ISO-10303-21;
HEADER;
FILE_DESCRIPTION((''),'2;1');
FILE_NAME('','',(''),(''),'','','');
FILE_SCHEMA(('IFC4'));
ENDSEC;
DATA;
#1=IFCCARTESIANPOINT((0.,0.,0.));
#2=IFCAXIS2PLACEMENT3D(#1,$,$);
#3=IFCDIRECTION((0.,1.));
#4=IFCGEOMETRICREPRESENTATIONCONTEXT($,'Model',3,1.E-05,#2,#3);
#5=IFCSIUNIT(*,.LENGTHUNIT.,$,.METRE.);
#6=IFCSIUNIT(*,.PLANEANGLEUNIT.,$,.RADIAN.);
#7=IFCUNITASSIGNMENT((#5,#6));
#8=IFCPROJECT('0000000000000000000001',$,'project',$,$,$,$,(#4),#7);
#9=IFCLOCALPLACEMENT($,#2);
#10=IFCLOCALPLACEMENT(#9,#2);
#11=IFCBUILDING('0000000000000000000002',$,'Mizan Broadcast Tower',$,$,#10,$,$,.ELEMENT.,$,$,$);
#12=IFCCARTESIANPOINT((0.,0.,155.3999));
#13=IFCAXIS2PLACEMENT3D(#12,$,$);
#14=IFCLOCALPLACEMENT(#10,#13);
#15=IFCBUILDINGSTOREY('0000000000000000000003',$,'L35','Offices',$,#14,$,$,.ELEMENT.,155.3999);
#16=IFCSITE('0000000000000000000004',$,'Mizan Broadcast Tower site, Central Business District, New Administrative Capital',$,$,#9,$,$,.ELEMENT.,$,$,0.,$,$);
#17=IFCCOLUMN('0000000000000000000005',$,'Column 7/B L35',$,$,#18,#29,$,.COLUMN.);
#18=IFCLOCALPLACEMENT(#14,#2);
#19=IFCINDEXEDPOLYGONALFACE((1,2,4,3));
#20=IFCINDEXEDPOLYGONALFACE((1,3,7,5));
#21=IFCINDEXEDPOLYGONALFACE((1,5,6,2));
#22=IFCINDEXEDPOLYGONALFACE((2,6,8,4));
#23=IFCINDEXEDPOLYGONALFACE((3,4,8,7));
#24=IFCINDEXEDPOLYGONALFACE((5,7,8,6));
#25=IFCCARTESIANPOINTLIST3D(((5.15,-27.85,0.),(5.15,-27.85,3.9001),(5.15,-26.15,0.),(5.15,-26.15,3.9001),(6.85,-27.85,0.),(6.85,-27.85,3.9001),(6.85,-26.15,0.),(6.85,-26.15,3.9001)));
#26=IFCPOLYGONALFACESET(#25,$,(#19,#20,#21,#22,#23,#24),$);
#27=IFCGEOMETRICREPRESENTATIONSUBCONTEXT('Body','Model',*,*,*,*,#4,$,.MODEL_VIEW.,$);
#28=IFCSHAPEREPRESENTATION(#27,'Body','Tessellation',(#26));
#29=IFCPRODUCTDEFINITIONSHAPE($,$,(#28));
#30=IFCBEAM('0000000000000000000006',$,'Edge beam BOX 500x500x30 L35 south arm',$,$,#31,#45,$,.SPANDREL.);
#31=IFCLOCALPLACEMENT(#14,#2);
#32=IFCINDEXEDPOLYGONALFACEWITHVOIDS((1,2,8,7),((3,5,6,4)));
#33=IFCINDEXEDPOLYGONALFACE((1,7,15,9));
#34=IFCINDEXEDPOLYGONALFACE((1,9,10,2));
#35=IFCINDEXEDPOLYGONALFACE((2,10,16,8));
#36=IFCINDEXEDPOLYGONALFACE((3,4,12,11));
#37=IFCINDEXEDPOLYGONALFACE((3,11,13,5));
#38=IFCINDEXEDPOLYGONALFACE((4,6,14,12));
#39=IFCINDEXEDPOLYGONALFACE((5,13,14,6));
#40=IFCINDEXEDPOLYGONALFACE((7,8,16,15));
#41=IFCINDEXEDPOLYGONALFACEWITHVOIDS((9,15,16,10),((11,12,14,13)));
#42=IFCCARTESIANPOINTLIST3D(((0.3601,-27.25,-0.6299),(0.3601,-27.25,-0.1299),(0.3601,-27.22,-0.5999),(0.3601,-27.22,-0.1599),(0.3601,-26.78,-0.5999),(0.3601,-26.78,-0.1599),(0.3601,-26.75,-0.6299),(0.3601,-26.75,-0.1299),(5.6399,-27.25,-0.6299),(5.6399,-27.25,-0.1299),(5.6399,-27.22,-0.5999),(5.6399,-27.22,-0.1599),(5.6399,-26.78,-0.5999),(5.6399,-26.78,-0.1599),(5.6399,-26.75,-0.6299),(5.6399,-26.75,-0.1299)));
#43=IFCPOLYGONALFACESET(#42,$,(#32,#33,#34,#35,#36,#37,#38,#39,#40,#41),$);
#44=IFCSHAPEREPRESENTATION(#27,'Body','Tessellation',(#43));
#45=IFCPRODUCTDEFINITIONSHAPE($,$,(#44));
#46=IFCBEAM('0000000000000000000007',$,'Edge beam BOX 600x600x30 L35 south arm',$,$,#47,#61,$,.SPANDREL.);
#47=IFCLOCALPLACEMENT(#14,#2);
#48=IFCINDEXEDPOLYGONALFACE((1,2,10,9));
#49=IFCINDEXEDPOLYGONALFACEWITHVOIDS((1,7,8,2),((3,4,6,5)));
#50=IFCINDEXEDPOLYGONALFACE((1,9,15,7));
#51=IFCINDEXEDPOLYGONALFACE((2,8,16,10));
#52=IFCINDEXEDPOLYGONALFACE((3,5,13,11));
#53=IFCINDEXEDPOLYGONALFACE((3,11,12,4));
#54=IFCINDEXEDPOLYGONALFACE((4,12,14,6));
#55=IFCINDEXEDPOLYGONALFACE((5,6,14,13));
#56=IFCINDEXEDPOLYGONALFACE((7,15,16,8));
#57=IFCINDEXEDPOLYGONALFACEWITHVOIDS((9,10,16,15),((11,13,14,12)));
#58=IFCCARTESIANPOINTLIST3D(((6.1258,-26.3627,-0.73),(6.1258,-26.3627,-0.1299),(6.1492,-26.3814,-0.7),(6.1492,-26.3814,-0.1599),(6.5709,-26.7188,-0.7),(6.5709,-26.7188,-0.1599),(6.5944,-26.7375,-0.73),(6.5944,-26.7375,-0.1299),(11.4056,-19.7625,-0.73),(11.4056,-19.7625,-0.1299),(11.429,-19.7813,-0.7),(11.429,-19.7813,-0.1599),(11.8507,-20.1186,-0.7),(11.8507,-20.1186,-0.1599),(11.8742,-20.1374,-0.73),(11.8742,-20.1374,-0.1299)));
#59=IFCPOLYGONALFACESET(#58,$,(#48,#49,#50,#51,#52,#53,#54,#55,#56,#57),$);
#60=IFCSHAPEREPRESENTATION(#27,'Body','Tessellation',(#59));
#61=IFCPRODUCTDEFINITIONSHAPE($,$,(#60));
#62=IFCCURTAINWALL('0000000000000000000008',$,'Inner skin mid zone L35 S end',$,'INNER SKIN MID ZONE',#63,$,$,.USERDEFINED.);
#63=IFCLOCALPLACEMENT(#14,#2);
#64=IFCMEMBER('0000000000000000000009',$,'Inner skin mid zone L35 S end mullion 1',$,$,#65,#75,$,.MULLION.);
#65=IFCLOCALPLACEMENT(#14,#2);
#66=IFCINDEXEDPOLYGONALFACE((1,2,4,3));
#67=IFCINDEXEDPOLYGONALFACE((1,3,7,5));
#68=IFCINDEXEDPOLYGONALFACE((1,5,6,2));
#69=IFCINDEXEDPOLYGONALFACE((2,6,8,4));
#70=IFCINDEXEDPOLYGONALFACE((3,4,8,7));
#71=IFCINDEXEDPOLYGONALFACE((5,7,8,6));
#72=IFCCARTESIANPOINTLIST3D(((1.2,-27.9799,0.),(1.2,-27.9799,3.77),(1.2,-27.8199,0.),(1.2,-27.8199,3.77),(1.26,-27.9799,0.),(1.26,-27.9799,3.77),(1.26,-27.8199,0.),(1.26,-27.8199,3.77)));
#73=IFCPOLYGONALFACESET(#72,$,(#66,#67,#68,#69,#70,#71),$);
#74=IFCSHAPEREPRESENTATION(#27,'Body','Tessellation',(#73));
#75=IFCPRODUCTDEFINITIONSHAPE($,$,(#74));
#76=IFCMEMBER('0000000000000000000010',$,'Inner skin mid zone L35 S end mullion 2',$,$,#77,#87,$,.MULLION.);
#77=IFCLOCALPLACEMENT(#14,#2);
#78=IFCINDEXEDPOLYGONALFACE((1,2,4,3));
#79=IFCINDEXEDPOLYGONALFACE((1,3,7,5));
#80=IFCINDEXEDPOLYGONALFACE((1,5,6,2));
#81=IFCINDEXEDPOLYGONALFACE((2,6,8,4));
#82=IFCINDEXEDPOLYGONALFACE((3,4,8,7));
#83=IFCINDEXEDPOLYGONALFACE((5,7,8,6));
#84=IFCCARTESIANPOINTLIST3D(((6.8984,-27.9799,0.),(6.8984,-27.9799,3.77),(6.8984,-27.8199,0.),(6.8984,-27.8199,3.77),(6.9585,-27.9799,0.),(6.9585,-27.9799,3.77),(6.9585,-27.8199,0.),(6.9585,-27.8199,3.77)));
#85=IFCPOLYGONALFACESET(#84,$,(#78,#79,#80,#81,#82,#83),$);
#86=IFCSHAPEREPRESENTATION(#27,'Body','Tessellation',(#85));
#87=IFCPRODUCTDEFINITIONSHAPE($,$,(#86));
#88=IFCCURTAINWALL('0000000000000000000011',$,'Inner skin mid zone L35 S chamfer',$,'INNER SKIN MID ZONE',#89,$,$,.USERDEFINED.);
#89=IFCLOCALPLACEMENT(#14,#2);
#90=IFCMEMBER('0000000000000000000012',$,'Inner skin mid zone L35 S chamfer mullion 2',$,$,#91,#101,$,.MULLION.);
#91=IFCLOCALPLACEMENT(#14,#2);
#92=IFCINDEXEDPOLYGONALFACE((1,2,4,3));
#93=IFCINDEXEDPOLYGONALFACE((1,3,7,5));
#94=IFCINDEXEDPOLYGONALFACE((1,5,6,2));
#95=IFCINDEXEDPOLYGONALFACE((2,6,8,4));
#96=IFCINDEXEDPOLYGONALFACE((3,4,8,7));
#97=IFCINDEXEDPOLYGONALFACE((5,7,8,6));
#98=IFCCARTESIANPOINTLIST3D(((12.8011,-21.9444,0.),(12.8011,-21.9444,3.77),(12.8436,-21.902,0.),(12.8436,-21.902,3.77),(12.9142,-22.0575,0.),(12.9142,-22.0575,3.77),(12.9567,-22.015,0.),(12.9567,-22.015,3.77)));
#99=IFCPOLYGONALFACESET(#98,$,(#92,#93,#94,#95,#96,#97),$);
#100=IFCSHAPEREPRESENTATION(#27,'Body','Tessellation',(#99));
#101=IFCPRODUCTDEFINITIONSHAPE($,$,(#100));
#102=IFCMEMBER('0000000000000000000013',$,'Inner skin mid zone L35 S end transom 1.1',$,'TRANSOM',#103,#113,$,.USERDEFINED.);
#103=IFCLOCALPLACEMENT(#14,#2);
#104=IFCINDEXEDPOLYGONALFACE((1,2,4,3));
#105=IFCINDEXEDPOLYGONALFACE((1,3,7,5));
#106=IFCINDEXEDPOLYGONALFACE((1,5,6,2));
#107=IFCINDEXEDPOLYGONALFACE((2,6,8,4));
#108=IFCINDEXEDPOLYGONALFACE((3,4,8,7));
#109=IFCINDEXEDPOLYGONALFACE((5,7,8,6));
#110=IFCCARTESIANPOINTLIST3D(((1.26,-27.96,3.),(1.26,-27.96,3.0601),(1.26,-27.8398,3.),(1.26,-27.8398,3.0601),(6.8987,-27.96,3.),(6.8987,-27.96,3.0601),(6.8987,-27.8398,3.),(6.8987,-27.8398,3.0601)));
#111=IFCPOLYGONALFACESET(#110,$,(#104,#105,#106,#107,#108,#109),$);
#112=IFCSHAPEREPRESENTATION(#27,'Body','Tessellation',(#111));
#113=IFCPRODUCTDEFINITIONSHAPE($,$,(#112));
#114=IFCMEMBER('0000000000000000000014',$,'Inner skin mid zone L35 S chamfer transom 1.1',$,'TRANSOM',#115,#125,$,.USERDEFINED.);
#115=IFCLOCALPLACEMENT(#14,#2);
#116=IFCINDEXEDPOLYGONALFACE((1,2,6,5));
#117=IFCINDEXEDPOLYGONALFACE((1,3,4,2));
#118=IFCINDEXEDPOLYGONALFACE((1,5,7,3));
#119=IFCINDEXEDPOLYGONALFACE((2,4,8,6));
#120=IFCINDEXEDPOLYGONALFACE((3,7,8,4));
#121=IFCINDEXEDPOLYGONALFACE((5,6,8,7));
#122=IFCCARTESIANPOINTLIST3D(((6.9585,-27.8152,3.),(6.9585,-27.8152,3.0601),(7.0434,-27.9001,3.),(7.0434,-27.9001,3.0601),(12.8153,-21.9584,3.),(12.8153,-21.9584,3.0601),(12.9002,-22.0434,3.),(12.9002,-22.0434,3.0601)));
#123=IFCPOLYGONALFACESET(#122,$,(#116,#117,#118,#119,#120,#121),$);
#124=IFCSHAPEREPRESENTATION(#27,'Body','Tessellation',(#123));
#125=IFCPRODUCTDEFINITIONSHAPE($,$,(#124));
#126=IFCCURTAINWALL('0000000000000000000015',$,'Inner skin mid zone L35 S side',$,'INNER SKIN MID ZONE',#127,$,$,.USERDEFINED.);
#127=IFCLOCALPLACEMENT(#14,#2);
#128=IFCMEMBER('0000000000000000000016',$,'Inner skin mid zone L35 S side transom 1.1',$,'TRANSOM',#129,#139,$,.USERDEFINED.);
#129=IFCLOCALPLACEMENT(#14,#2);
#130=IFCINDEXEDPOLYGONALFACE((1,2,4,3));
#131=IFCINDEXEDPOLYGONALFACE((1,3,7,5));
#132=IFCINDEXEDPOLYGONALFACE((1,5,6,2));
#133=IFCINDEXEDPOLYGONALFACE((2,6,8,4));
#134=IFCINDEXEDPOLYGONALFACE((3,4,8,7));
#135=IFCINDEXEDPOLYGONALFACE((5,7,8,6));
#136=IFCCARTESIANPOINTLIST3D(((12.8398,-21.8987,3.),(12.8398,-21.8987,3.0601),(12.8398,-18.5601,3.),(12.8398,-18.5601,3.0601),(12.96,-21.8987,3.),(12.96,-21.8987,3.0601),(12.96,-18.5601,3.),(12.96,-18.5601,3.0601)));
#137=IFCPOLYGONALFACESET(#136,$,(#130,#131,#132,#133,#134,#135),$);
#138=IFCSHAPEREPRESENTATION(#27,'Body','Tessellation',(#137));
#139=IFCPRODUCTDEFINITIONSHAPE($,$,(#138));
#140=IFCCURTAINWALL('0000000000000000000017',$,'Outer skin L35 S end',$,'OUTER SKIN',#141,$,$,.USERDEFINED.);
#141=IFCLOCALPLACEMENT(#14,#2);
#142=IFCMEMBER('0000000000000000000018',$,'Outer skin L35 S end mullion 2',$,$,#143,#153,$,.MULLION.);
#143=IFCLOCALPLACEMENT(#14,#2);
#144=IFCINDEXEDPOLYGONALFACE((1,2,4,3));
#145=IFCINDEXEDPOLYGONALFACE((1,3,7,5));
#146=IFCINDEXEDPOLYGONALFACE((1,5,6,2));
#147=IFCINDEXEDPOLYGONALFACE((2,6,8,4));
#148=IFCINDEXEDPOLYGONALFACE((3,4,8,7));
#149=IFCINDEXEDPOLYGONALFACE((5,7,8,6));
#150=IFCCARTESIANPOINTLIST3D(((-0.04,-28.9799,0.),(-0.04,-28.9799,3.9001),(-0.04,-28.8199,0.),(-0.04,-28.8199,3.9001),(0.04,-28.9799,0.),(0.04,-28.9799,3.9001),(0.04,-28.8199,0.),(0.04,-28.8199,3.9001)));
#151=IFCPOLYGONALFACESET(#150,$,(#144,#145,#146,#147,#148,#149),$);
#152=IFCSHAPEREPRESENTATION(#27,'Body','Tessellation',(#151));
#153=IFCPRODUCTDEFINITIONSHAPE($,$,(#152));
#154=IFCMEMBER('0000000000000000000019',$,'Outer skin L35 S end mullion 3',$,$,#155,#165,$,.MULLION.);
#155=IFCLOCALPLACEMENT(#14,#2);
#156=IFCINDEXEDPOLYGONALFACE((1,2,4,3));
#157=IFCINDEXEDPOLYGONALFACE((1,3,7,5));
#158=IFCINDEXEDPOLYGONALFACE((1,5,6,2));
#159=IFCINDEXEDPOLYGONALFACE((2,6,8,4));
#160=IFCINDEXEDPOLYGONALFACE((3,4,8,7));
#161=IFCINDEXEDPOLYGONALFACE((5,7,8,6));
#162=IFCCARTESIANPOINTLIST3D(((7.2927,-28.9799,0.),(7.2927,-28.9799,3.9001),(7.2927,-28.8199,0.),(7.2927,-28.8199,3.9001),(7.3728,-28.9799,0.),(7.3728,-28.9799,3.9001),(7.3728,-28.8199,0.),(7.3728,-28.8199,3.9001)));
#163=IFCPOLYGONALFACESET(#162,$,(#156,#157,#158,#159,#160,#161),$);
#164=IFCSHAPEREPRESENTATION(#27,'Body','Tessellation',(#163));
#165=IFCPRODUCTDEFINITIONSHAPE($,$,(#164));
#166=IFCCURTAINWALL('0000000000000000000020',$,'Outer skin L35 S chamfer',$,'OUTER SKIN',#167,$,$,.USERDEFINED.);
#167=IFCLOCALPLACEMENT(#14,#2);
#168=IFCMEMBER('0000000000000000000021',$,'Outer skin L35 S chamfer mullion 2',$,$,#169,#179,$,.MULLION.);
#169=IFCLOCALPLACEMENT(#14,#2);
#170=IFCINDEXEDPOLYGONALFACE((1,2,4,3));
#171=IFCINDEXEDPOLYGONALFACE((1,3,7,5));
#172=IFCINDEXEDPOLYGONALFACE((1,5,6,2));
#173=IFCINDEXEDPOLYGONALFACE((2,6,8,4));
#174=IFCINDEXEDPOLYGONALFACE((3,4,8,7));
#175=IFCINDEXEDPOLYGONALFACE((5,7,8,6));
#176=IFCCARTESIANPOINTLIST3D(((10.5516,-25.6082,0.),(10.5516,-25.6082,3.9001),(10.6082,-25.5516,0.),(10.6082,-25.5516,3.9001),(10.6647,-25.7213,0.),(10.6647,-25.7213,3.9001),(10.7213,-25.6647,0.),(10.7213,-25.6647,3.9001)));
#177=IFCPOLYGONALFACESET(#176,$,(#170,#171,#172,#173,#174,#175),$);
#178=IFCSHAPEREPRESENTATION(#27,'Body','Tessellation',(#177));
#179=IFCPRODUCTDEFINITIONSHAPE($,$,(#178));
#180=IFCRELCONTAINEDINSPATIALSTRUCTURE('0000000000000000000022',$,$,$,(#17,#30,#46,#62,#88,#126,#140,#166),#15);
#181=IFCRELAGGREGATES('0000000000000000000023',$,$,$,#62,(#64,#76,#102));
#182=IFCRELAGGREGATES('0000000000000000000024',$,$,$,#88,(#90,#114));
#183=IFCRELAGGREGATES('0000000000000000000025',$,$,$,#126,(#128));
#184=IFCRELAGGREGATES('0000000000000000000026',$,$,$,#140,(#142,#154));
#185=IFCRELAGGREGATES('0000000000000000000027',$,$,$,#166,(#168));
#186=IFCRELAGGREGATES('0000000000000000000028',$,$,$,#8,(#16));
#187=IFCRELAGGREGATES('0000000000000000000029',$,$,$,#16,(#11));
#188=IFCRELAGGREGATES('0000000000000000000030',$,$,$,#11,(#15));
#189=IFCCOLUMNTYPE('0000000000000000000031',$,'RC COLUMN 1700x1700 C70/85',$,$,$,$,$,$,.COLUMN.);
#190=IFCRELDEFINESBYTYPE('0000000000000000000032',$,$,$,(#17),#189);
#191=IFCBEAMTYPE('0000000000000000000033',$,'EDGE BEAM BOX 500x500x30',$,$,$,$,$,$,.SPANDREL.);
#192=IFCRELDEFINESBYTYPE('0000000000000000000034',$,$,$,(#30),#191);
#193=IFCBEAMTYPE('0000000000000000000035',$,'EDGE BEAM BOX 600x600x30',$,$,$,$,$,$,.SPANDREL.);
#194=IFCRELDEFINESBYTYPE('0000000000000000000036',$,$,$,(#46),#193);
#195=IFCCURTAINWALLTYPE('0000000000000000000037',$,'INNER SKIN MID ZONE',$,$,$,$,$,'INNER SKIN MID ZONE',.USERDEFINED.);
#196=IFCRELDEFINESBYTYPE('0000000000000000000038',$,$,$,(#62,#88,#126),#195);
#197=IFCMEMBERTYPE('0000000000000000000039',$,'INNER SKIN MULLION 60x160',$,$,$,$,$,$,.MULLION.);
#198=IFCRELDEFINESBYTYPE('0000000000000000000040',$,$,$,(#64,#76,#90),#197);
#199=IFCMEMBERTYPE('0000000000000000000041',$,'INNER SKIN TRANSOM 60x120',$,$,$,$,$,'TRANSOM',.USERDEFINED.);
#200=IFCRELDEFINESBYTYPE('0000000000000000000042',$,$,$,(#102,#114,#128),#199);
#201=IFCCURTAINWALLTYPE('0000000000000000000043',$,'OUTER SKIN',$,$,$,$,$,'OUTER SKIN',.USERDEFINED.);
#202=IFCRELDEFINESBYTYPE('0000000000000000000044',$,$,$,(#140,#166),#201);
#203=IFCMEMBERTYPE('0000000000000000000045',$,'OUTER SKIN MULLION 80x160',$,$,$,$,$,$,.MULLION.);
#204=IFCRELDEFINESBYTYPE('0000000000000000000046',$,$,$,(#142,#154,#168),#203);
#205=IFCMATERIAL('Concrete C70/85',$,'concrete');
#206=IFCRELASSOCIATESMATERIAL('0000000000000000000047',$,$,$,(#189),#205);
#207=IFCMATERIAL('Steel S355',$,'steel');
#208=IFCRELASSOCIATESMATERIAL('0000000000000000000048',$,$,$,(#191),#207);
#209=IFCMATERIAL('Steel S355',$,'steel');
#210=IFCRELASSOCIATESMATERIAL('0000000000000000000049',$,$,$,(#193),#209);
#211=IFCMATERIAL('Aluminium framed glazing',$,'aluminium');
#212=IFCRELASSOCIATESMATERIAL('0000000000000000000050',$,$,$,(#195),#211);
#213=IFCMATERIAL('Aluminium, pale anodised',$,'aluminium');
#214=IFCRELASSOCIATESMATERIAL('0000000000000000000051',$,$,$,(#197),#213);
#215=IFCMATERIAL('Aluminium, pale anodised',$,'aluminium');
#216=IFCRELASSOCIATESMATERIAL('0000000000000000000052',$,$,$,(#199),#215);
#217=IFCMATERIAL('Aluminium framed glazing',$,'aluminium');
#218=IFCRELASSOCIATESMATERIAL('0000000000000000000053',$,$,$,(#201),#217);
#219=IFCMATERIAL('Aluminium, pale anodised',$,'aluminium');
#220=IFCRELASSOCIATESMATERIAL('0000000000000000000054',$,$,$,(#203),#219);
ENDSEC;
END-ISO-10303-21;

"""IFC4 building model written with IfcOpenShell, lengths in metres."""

from ifc_helpers import new_model, si_unit, direction, frame, origin, origin_2d, place, context, subcontext, project, spatial, rectangle, hollow_rectangle, extrude, material, material_profile, profile_set, type_object, element, aggregate, save


model = new_model("IFC4")

# Units and contexts
model_context = context("Model", 3, precision=1e-05, world=origin(), true_north=direction((0.0, 1.0)))
body_context = subcontext(model_context, "Body", "Model", "MODEL_VIEW")
ifc_project = project(units=[si_unit("LENGTHUNIT", "METRE"), si_unit("PLANEANGLEUNIT", "RADIAN")], contexts=[model_context])

# Site, building, storey
site_placement = place(None, origin())
site = spatial("IfcSite", under=ifc_project, at=site_placement, Name="Mizan Broadcast Tower site, Central Business District, New Administrative Capital", CompositionType="ELEMENT", RefElevation=0.0)
building_placement = place(site_placement, origin())
building = spatial("IfcBuilding", under=site, at=building_placement, Name="Mizan Broadcast Tower", CompositionType="ELEMENT")
storey_placement = place(building_placement, frame((0.0, 0.0, 155.3999)))
storey = spatial("IfcBuildingStorey", under=building, at=storey_placement, Name="L35", Description="Offices", CompositionType="ELEMENT", Elevation=155.3999)

# Column
ifc_material_1 = material(Name="Concrete C70/85", Category="concrete")
ifc_material_profile_1 = material_profile(ifc_material_1, rectangle(XDim=1.7, YDim=1.7, at=origin_2d()), Name="RC 1700x1700")
ifc_profile_set_1 = profile_set([ifc_material_profile_1], Name="Concrete C70/85")
column_type = type_object("IfcColumnType", Name="RC COLUMN 1700x1700 C70/85", PredefinedType="COLUMN", material=ifc_profile_set_1)
column_placement = place(storey_placement, frame((6.0, -27.0, 0.0), z_axis=(0.0, 0.0, 1.0), x_axis=(1.0, 0.0, 0.0)))
element("IfcColumn", 1, at=column_placement, inside=storey, type_object=column_type, Name="Column 7/B L35", PredefinedType="COLUMN", context=body_context, shape_type="SweptSolid", body=[
    extrude(rectangle(XDim=1.7, YDim=1.7, at=origin_2d()), origin(), (0.0, 0.0, 1.0), 3.9001),
])

# Beams
ifc_material_2 = material(Name="Steel S355", Category="steel")
ifc_material_profile_2 = material_profile(ifc_material_2, hollow_rectangle(XDim=0.5, YDim=0.5, WallThickness=0.03, at=origin_2d()), Name="BOX 500x500x30")
ifc_profile_set_2 = profile_set([ifc_material_profile_2], Name="Steel S355")
beam_type_1 = type_object("IfcBeamType", Name="EDGE BEAM BOX 500x500x30", PredefinedType="SPANDREL", material=ifc_profile_set_2)
beam_1_placement = place(storey_placement, frame((5.6399, -27.0, -0.3799), z_axis=(-1.0, 0.0, 0.0), x_axis=(0.0, -1.0, 0.0)))
element("IfcBeam", 2, at=beam_1_placement, inside=storey, type_object=beam_type_1, Name="Edge beam BOX 500x500x30 L35 south arm", PredefinedType="SPANDREL", context=body_context, shape_type="SweptSolid", body=[
    extrude(hollow_rectangle(XDim=0.5, YDim=0.5, WallThickness=0.03, at=origin_2d()), origin(), (0.0, 0.0, 1.0), 5.2798),
])
ifc_material_3 = material(Name="Steel S355", Category="steel")
ifc_material_profile_3 = material_profile(ifc_material_3, hollow_rectangle(XDim=0.6001, YDim=0.6001, WallThickness=0.03, at=origin_2d()), Name="BOX 600x600x30")
ifc_profile_set_3 = profile_set([ifc_material_profile_3], Name="Steel S355")
beam_type_2 = type_object("IfcBeamType", Name="EDGE BEAM BOX 600x600x30", PredefinedType="SPANDREL", material=ifc_profile_set_3)
beam_2_placement = place(storey_placement, frame((11.6399, -19.95, -0.4299), z_axis=(-0.624674, -0.780886, 0.0), x_axis=(0.780886, -0.624674, 0.0)))
element("IfcBeam", 3, at=beam_2_placement, inside=storey, type_object=beam_type_2, Name="Edge beam BOX 600x600x30 L35 south arm", PredefinedType="SPANDREL", context=body_context, shape_type="SweptSolid", body=[
    extrude(hollow_rectangle(XDim=0.6001, YDim=0.6001, WallThickness=0.03, at=origin_2d()), origin(), (0.0, 0.0, 1.0), 8.4521),
])

# Curtain wall, members
ifc_material_4 = material(Name="Aluminium framed glazing", Category="aluminium")
curtain_wall_type_1 = type_object("IfcCurtainWallType", Name="INNER SKIN MID ZONE", ElementType="INNER SKIN MID ZONE", PredefinedType="USERDEFINED", material=ifc_material_4)
curtain_wall_1_placement = place(storey_placement, origin())
curtain_wall_1 = element("IfcCurtainWall", 4, at=curtain_wall_1_placement, inside=storey, type_object=curtain_wall_type_1, Name="Inner skin mid zone L35 S end", ObjectType="INNER SKIN MID ZONE", PredefinedType="USERDEFINED")
ifc_material_5 = material(Name="Aluminium, pale anodised", Category="aluminium")
ifc_material_profile_4 = material_profile(ifc_material_5, rectangle(XDim=0.1599, YDim=0.0601, at=origin_2d()), Name="MULLION 160x60")
ifc_profile_set_4 = profile_set([ifc_material_profile_4], Name="Aluminium, pale anodised")
member_type_1 = type_object("IfcMemberType", Name="INNER SKIN MULLION 60x160", PredefinedType="MULLION", material=ifc_profile_set_4)
member_1_placement = place(storey_placement, frame((1.23, -27.8999, 0.0), z_axis=(0.0, 0.0, 1.0), x_axis=(0.0, 1.0, 0.0)))
member_1 = element("IfcMember", 5, at=member_1_placement, type_object=member_type_1, Name="Inner skin mid zone L35 S end mullion 1", PredefinedType="MULLION", context=body_context, shape_type="SweptSolid", body=[
    extrude(rectangle(XDim=0.1599, YDim=0.0601, at=origin_2d()), origin(), (0.0, 0.0, 1.0), 3.77),
])
member_2_placement = place(storey_placement, frame((6.9285, -27.8999, 0.0), z_axis=(0.0, 0.0, 1.0), x_axis=(0.0, 1.0, 0.0)))
member_2 = element("IfcMember", 6, at=member_2_placement, type_object=member_type_1, Name="Inner skin mid zone L35 S end mullion 2", PredefinedType="MULLION", context=body_context, shape_type="SweptSolid", body=[
    extrude(rectangle(XDim=0.1599, YDim=0.0601, at=origin_2d()), origin(), (0.0, 0.0, 1.0), 3.77),
])

# Curtain wall, member
curtain_wall_2_placement = place(storey_placement, origin())
curtain_wall_2 = element("IfcCurtainWall", 7, at=curtain_wall_2_placement, inside=storey, type_object=curtain_wall_type_1, Name="Inner skin mid zone L35 S chamfer", ObjectType="INNER SKIN MID ZONE", PredefinedType="USERDEFINED")
member_3_placement = place(storey_placement, frame((12.8789, -21.9797, 0.0), z_axis=(0.0, 0.0, 1.0), x_axis=(-0.707107, 0.707107, 0.0)))
member_3 = element("IfcMember", 8, at=member_3_placement, type_object=member_type_1, Name="Inner skin mid zone L35 S chamfer mullion 2", PredefinedType="MULLION", context=body_context, shape_type="SweptSolid", body=[
    extrude(rectangle(XDim=0.1599, YDim=0.0601, at=origin_2d()), origin(), (0.0, 0.0, 1.0), 3.77),
])

# Members
ifc_material_6 = material(Name="Aluminium, pale anodised", Category="aluminium")
ifc_material_profile_5 = material_profile(ifc_material_6, rectangle(XDim=0.1201, YDim=0.0601, at=origin_2d()), Name="TRANSOM 120x60")
ifc_profile_set_5 = profile_set([ifc_material_profile_5], Name="Aluminium, pale anodised")
member_type_2 = type_object("IfcMemberType", Name="INNER SKIN TRANSOM 60x120", ElementType="TRANSOM", PredefinedType="USERDEFINED", material=ifc_profile_set_5)
member_4_placement = place(storey_placement, frame((1.26, -27.8999, 3.03), z_axis=(1.0, 0.0, 0.0), x_axis=(0.0, 1.0, 0.0)))
member_4 = element("IfcMember", 9, at=member_4_placement, type_object=member_type_2, Name="Inner skin mid zone L35 S end transom 1.1", ObjectType="TRANSOM", PredefinedType="USERDEFINED", context=body_context, shape_type="SweptSolid", body=[
    extrude(rectangle(XDim=0.1201, YDim=0.0601, at=origin_2d()), origin(), (0.0, 0.0, 1.0), 5.6387),
])
member_5_placement = place(storey_placement, frame((7.001, -27.8577, 3.03), z_axis=(0.707107, 0.707107, 0.0), x_axis=(-0.707107, 0.707107, 0.0)))
member_5 = element("IfcMember", 10, at=member_5_placement, type_object=member_type_2, Name="Inner skin mid zone L35 S chamfer transom 1.1", ObjectType="TRANSOM", PredefinedType="USERDEFINED", context=body_context, shape_type="SweptSolid", body=[
    extrude(rectangle(XDim=0.1201, YDim=0.0601, at=origin_2d()), origin(), (0.0, 0.0, 1.0), 8.2827),
])

# Curtain wall, member
curtain_wall_3_placement = place(storey_placement, origin())
curtain_wall_3 = element("IfcCurtainWall", 11, at=curtain_wall_3_placement, inside=storey, type_object=curtain_wall_type_1, Name="Inner skin mid zone L35 S side", ObjectType="INNER SKIN MID ZONE", PredefinedType="USERDEFINED")
member_6_placement = place(storey_placement, frame((12.8999, -21.8987, 3.03), z_axis=(0.0, 1.0, 0.0), x_axis=(-1.0, 0.0, 0.0)))
member_6 = element("IfcMember", 12, at=member_6_placement, type_object=member_type_2, Name="Inner skin mid zone L35 S side transom 1.1", ObjectType="TRANSOM", PredefinedType="USERDEFINED", context=body_context, shape_type="SweptSolid", body=[
    extrude(rectangle(XDim=0.1201, YDim=0.0601, at=origin_2d()), origin(), (0.0, 0.0, 1.0), 3.3386),
])

# Curtain wall, members
ifc_material_7 = material(Name="Aluminium framed glazing", Category="aluminium")
curtain_wall_type_2 = type_object("IfcCurtainWallType", Name="OUTER SKIN", ElementType="OUTER SKIN", PredefinedType="USERDEFINED", material=ifc_material_7)
curtain_wall_4_placement = place(storey_placement, origin())
curtain_wall_4 = element("IfcCurtainWall", 13, at=curtain_wall_4_placement, inside=storey, type_object=curtain_wall_type_2, Name="Outer skin L35 S end", ObjectType="OUTER SKIN", PredefinedType="USERDEFINED")
ifc_material_8 = material(Name="Aluminium, pale anodised", Category="aluminium")
ifc_material_profile_6 = material_profile(ifc_material_8, rectangle(XDim=0.1599, YDim=0.0801, at=origin_2d()), Name="MULLION 160x80")
ifc_profile_set_6 = profile_set([ifc_material_profile_6], Name="Aluminium, pale anodised")
member_type_3 = type_object("IfcMemberType", Name="OUTER SKIN MULLION 80x160", PredefinedType="MULLION", material=ifc_profile_set_6)
member_7_placement = place(storey_placement, frame((0.0, -28.8999, 0.0), z_axis=(0.0, 0.0, 1.0), x_axis=(0.0, 1.0, 0.0)))
member_7 = element("IfcMember", 14, at=member_7_placement, type_object=member_type_3, Name="Outer skin L35 S end mullion 2", PredefinedType="MULLION", context=body_context, shape_type="SweptSolid", body=[
    extrude(rectangle(XDim=0.1599, YDim=0.0801, at=origin_2d()), origin(), (0.0, 0.0, 1.0), 3.9001),
])
member_8_placement = place(storey_placement, frame((7.3328, -28.8999, 0.0), z_axis=(0.0, 0.0, 1.0), x_axis=(0.0, 1.0, 0.0)))
member_8 = element("IfcMember", 15, at=member_8_placement, type_object=member_type_3, Name="Outer skin L35 S end mullion 3", PredefinedType="MULLION", context=body_context, shape_type="SweptSolid", body=[
    extrude(rectangle(XDim=0.1599, YDim=0.0801, at=origin_2d()), origin(), (0.0, 0.0, 1.0), 3.9001),
])

# Curtain wall, member
curtain_wall_5_placement = place(storey_placement, origin())
curtain_wall_5 = element("IfcCurtainWall", 16, at=curtain_wall_5_placement, inside=storey, type_object=curtain_wall_type_2, Name="Outer skin L35 S chamfer", ObjectType="OUTER SKIN", PredefinedType="USERDEFINED")
member_9_placement = place(storey_placement, frame((10.6365, -25.6365, 0.0), z_axis=(0.0, 0.0, 1.0), x_axis=(-0.707107, 0.707107, 0.0)))
member_9 = element("IfcMember", 17, at=member_9_placement, type_object=member_type_3, Name="Outer skin L35 S chamfer mullion 2", PredefinedType="MULLION", context=body_context, shape_type="SweptSolid", body=[
    extrude(rectangle(XDim=0.1599, YDim=0.0801, at=origin_2d()), origin(), (0.0, 0.0, 1.0), 3.9001),
])

aggregate(curtain_wall_1, [member_1, member_2, member_4])
aggregate(curtain_wall_2, [member_3, member_5])
aggregate(curtain_wall_3, [member_6])
aggregate(curtain_wall_4, [member_7, member_8])
aggregate(curtain_wall_5, [member_9])

save(model, "model.ifc")
